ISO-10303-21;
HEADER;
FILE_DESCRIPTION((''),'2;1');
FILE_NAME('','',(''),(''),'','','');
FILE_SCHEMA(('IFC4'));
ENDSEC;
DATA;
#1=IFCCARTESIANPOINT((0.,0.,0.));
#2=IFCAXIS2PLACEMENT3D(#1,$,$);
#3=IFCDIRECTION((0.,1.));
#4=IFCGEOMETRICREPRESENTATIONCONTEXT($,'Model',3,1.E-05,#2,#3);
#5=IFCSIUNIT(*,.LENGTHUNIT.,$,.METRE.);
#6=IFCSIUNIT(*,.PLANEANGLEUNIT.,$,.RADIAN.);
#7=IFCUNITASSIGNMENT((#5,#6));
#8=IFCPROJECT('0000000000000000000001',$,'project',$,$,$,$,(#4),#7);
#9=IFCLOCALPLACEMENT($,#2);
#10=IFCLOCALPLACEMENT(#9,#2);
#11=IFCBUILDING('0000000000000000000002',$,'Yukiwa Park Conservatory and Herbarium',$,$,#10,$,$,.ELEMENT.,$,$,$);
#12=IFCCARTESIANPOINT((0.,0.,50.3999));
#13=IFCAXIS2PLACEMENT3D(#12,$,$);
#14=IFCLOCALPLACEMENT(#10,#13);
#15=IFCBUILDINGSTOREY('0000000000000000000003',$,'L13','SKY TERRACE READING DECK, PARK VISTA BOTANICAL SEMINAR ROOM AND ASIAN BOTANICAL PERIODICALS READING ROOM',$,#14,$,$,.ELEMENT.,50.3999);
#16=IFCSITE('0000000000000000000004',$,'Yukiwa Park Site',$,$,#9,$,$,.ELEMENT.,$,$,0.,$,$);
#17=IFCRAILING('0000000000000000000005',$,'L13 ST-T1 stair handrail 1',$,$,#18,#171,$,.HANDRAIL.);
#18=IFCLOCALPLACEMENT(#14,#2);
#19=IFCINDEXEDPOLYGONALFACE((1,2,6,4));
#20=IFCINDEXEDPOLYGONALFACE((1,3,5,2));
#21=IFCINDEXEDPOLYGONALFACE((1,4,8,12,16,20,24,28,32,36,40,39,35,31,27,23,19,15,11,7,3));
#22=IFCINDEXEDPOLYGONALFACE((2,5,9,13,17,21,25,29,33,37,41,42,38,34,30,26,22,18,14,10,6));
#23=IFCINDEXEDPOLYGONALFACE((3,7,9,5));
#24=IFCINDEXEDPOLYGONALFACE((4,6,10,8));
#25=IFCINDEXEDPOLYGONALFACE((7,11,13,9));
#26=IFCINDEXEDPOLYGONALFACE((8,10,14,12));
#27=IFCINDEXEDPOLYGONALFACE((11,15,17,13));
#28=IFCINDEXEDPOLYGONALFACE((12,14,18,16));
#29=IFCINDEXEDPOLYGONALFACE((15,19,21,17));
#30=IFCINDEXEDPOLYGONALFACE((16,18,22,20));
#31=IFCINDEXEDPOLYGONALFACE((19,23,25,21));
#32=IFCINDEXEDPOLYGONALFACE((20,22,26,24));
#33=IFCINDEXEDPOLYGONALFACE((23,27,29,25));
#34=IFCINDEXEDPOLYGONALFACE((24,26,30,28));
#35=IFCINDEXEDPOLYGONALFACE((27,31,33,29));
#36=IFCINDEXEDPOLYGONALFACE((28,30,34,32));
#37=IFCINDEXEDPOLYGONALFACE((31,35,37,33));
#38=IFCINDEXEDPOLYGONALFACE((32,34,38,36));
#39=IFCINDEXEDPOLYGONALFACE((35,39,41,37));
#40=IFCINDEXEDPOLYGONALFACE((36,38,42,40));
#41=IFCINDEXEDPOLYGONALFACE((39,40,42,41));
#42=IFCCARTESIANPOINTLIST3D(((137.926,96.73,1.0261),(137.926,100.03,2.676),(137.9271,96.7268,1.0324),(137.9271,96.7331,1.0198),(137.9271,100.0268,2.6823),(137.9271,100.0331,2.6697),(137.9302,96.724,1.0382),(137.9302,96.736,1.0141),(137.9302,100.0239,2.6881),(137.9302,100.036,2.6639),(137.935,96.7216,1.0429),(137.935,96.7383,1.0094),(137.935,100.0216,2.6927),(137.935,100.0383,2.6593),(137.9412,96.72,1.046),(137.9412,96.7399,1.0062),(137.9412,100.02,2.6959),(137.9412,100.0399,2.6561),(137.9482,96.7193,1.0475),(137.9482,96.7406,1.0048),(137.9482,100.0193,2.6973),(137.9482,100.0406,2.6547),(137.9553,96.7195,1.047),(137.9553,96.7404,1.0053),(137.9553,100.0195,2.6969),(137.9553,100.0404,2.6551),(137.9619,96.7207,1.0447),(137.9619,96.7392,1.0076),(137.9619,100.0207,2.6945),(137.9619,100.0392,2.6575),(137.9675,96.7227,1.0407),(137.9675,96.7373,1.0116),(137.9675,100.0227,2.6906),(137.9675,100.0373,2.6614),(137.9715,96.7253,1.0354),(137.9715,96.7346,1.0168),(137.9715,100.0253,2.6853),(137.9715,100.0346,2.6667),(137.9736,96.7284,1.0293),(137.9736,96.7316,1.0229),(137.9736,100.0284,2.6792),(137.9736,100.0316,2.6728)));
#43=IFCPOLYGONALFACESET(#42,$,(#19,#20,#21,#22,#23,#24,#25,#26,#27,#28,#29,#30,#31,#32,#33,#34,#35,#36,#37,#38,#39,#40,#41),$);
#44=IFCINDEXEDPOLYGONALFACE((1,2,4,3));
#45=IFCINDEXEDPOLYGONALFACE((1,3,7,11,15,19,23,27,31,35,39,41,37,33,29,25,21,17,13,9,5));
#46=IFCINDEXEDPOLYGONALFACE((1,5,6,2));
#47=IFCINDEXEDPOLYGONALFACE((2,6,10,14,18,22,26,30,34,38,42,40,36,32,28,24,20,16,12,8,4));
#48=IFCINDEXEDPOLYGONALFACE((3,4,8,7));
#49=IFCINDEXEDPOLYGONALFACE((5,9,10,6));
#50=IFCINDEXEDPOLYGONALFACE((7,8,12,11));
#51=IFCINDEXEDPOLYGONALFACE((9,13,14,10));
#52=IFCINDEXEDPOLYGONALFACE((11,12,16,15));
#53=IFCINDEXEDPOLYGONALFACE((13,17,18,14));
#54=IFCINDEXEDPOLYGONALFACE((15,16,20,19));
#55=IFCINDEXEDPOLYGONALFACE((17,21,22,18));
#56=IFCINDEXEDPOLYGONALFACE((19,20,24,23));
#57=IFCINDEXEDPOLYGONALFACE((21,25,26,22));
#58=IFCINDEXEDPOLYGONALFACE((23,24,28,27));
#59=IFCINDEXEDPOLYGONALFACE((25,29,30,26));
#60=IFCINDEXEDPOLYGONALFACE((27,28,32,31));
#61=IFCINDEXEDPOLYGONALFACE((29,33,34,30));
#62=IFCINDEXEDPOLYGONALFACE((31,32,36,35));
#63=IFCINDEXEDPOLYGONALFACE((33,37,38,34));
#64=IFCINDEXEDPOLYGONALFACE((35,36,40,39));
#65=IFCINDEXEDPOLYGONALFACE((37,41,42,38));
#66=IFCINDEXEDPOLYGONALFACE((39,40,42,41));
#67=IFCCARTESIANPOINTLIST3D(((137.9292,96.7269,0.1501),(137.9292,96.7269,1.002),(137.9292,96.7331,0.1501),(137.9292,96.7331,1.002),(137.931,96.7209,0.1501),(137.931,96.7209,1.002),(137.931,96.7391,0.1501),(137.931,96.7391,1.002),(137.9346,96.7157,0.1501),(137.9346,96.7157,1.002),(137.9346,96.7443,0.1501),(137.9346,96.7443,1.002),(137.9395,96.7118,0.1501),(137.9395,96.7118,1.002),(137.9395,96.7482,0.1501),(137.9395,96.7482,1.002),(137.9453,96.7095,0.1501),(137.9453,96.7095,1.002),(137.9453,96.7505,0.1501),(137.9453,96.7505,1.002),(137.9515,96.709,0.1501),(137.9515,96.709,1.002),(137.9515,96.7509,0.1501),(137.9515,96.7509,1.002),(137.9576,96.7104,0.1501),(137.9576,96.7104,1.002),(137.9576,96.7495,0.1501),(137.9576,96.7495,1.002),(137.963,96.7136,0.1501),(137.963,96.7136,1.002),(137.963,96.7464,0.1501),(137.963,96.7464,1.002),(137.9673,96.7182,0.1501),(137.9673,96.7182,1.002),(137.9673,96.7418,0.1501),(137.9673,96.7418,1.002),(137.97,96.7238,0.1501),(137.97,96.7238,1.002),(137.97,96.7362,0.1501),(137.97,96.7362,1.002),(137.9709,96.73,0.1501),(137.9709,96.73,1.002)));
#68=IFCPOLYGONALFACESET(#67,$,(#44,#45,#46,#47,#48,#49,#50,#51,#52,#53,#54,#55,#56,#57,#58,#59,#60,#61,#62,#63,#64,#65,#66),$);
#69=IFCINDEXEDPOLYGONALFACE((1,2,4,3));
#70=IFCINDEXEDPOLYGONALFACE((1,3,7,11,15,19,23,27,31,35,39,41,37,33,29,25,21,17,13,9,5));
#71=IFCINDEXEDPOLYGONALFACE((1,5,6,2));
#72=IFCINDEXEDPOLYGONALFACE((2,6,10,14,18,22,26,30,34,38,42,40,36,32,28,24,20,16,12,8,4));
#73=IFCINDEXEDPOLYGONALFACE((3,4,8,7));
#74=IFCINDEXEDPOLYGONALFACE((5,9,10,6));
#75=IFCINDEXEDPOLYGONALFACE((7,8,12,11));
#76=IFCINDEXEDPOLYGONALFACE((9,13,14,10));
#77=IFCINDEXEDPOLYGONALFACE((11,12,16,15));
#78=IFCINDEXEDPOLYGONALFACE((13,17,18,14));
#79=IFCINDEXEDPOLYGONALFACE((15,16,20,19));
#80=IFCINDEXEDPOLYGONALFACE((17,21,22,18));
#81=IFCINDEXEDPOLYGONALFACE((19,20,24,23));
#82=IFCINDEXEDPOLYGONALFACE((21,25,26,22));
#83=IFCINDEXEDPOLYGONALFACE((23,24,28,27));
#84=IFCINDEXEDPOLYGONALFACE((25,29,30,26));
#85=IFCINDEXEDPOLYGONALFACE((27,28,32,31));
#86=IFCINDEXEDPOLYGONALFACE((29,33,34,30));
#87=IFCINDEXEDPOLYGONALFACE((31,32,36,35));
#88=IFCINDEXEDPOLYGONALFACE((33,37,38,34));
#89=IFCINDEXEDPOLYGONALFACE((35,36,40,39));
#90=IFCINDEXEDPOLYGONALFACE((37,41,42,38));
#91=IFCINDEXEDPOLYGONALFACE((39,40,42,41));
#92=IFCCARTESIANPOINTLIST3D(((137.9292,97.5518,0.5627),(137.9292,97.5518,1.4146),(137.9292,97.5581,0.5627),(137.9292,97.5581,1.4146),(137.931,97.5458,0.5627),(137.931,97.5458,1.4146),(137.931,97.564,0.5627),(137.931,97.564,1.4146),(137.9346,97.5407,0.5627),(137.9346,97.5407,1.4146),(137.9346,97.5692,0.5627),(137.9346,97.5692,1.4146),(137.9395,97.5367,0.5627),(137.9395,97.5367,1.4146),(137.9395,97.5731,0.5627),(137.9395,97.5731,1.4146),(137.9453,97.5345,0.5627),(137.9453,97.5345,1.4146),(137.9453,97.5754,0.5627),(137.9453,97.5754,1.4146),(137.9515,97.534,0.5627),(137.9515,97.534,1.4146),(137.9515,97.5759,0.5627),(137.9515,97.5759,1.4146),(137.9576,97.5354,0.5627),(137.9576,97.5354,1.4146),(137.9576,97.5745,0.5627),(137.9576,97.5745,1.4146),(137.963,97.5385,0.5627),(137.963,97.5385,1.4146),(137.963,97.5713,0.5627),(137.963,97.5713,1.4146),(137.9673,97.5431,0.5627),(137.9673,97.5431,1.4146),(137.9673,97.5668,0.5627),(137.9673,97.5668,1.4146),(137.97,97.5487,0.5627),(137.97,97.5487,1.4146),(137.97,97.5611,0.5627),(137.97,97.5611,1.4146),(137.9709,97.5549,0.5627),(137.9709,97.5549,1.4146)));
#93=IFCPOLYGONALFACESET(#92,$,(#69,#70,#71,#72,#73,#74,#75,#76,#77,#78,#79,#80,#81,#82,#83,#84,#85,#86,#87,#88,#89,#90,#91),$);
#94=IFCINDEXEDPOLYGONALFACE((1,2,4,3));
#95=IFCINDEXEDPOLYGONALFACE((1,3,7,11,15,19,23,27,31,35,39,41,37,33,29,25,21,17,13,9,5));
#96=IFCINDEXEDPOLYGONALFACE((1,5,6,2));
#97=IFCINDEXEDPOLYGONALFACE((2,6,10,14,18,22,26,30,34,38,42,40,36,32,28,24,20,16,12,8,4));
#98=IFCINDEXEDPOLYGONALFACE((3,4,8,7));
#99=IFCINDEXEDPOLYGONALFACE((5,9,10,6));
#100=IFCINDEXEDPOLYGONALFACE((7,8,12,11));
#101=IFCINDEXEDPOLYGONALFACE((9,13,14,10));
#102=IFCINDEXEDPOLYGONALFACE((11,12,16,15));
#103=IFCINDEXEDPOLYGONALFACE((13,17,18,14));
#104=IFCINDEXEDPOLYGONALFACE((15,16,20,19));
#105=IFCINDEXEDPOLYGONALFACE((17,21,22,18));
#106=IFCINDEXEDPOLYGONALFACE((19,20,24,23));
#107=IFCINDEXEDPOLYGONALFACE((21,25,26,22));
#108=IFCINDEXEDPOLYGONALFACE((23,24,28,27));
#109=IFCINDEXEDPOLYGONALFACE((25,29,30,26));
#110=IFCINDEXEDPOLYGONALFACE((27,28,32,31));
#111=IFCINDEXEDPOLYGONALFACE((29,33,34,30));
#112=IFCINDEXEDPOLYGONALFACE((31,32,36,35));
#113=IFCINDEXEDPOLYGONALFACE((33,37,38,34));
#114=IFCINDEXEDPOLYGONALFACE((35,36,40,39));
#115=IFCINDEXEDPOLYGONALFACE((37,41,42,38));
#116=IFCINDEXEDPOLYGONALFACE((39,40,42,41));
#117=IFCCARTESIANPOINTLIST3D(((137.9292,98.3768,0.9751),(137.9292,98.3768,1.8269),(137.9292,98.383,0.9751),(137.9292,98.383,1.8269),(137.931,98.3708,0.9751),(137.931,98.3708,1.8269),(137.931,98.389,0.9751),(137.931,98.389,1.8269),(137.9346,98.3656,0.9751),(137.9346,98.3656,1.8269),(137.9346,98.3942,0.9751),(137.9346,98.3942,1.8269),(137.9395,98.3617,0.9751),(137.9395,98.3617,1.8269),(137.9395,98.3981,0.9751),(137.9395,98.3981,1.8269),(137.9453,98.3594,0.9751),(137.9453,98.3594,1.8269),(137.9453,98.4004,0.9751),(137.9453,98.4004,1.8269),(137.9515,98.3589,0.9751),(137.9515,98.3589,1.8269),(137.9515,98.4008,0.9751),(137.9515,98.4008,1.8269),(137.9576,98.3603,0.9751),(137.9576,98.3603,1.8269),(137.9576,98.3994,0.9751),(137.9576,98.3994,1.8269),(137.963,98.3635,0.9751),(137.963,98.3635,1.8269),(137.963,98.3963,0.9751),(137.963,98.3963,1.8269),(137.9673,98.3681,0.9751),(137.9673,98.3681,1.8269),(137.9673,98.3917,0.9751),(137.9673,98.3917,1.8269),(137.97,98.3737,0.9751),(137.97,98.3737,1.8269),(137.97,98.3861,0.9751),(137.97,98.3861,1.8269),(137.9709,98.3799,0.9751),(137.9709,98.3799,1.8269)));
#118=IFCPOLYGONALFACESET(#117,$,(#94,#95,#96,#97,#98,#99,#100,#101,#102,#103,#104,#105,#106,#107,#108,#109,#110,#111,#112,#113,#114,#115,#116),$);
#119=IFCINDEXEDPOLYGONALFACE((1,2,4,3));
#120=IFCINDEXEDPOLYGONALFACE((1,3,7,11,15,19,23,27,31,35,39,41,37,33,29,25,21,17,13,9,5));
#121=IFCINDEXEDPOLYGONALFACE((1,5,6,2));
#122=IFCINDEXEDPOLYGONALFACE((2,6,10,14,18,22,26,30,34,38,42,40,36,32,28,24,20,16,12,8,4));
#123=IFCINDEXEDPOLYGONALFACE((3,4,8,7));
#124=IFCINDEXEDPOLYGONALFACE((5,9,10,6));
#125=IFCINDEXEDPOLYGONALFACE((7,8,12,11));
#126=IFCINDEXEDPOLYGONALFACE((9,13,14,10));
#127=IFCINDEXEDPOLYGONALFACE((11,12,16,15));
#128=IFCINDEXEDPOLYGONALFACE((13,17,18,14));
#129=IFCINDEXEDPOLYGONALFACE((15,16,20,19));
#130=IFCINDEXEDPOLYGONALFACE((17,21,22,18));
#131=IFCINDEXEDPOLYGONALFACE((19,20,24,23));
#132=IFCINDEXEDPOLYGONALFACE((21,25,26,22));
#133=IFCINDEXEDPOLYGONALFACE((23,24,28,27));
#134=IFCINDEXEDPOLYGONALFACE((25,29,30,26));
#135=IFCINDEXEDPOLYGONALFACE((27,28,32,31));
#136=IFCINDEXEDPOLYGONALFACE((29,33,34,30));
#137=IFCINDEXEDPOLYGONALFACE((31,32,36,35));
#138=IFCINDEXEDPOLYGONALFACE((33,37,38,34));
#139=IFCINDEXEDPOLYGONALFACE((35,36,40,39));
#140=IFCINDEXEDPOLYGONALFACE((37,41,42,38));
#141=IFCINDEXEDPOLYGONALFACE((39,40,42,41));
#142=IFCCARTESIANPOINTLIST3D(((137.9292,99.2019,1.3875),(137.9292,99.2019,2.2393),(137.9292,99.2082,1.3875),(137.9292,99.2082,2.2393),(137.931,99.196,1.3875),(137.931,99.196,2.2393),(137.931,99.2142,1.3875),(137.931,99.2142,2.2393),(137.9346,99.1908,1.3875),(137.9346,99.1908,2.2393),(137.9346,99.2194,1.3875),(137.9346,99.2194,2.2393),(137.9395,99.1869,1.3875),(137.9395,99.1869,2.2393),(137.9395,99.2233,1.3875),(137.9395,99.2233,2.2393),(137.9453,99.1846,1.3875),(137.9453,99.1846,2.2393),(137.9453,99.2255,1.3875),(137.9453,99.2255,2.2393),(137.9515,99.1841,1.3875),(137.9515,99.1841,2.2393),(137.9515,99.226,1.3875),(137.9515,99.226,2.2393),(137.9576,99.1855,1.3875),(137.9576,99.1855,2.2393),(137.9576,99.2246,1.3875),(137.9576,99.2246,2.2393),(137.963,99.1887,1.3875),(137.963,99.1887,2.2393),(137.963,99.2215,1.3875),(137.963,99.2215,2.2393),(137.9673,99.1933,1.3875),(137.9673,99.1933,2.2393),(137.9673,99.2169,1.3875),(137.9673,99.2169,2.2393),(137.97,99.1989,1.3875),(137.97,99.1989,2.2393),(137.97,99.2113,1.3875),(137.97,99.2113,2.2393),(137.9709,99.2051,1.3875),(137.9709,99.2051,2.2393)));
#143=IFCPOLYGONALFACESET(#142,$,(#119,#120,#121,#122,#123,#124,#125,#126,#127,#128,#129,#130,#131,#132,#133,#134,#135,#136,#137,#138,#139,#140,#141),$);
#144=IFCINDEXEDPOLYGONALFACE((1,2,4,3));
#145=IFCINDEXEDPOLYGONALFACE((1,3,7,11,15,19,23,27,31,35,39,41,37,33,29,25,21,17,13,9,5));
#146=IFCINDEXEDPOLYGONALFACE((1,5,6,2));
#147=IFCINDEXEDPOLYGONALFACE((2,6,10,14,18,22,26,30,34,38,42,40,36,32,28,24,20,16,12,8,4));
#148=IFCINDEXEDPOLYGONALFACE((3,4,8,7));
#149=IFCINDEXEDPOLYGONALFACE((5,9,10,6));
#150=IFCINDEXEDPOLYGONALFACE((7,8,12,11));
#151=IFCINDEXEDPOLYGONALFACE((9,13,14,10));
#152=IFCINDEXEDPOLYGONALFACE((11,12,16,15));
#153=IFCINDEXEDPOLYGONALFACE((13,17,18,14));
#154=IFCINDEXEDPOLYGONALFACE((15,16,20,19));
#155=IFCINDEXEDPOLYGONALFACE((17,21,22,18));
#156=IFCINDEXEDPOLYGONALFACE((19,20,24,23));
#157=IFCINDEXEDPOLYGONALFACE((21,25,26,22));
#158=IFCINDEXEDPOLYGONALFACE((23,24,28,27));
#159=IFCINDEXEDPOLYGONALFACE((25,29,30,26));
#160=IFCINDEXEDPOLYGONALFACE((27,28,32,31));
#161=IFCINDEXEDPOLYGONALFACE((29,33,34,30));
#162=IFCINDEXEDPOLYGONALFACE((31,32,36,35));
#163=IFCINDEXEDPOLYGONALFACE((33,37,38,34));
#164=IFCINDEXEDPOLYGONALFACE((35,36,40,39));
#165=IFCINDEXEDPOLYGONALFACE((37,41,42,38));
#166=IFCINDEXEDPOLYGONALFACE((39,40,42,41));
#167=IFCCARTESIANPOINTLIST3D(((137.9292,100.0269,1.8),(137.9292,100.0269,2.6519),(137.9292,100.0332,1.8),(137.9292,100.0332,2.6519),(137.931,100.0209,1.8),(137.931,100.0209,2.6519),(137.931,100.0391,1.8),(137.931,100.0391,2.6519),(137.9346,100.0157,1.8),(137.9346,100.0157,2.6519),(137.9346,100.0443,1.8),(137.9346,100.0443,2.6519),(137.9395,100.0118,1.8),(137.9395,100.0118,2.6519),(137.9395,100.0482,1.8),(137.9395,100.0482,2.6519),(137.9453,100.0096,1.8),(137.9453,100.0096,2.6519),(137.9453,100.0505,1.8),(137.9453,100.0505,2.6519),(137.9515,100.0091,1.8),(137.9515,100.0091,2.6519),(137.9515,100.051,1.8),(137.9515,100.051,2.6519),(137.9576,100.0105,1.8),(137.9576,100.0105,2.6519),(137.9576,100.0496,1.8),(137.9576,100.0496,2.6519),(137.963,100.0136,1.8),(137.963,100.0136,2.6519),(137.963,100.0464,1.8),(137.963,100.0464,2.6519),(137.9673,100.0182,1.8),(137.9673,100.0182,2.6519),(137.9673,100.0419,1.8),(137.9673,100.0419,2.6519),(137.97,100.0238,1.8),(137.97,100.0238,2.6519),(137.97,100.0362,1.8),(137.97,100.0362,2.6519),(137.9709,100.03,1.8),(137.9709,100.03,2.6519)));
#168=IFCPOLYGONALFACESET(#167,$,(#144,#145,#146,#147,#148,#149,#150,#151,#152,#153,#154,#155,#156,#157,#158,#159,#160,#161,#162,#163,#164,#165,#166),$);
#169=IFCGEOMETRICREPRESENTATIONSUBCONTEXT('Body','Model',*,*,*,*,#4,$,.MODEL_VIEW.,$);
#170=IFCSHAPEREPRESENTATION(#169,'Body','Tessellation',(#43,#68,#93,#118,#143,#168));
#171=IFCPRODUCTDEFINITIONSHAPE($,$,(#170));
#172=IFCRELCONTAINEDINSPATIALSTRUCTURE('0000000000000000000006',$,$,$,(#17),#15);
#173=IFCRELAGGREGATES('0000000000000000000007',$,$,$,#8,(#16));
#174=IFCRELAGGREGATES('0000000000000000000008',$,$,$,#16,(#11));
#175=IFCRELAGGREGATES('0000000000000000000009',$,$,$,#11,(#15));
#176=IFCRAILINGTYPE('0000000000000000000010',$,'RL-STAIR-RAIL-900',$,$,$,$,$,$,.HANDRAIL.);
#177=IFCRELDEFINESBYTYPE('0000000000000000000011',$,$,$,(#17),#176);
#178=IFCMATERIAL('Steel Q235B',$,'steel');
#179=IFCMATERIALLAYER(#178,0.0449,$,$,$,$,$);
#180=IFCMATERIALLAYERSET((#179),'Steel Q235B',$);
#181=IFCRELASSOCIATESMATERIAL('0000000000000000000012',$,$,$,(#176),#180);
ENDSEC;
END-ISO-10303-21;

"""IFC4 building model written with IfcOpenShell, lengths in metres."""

from ifc_helpers import new_model, si_unit, direction, frame, origin, origin_2d, place, context, subcontext, project, spatial, circle, extrude, material, layer, layer_set, type_object, element, save


model = new_model("IFC4")

# Units and contexts
model_context = context("Model", 3, precision=1e-05, world=origin(), true_north=direction((0.0, 1.0)))
body_context = subcontext(model_context, "Body", "Model", "MODEL_VIEW")
ifc_project = project(units=[si_unit("LENGTHUNIT", "METRE"), si_unit("PLANEANGLEUNIT", "RADIAN")], contexts=[model_context])

# Site, building, storey
site_placement = place(None, origin())
site = spatial("IfcSite", under=ifc_project, at=site_placement, Name="Yukiwa Park Site", CompositionType="ELEMENT", RefElevation=0.0)
building_placement = place(site_placement, origin())
building = spatial("IfcBuilding", under=site, at=building_placement, Name="Yukiwa Park Conservatory and Herbarium", CompositionType="ELEMENT")
storey_placement = place(building_placement, frame((0.0, 0.0, 50.3999)))
storey = spatial("IfcBuildingStorey", under=building, at=storey_placement, Name="L13", Description="SKY TERRACE READING DECK, PARK VISTA BOTANICAL SEMINAR ROOM AND ASIAN BOTANICAL PERIODICALS READING ROOM", CompositionType="ELEMENT", Elevation=50.3999)

# Railing
ifc_material_1 = material(Name="Steel Q235B", Category="steel")
ifc_layer_1 = layer(ifc_material_1, 0.0449)
ifc_layer_set_1 = layer_set([ifc_layer_1], Name="Steel Q235B")
railing_type = type_object("IfcRailingType", Name="RL-STAIR-RAIL-900", PredefinedType="HANDRAIL", material=ifc_layer_set_1)
railing_placement = place(storey_placement, frame((137.95, 96.73, 0.1501)))
element("IfcRailing", 1, at=railing_placement, inside=storey, type_object=railing_type, Name="L13 ST-T1 stair handrail 1", PredefinedType="HANDRAIL", context=body_context, shape_type="SweptSolid", body=[
    extrude(circle(Radius=0.0239, at=origin_2d()), frame((0.0, 0.0, 0.876), z_axis=(0.0, 0.89444, 0.447187), x_axis=(-1.0, 0.0, 0.0)), (0.0, 0.0, 1.0), 3.6895),
    extrude(circle(Radius=0.021, at=origin_2d()), origin(), (0.0, 0.0, 1.0), 0.8518),
    extrude(circle(Radius=0.021, at=origin_2d()), frame((0.0, 0.825, 0.4126)), (0.0, 0.0, 1.0), 0.8518),
    extrude(circle(Radius=0.021, at=origin_2d()), frame((0.0, 1.6499, 0.825)), (0.0, 0.0, 1.0), 0.8518),
    extrude(circle(Radius=0.021, at=origin_2d()), frame((0.0, 2.4751, 1.2373)), (0.0, 0.0, 1.0), 0.8518),
    extrude(circle(Radius=0.021, at=origin_2d()), frame((0.0, 3.3, 1.6499)), (0.0, 0.0, 1.0), 0.8518),
])

save(model, "model.ifc")
